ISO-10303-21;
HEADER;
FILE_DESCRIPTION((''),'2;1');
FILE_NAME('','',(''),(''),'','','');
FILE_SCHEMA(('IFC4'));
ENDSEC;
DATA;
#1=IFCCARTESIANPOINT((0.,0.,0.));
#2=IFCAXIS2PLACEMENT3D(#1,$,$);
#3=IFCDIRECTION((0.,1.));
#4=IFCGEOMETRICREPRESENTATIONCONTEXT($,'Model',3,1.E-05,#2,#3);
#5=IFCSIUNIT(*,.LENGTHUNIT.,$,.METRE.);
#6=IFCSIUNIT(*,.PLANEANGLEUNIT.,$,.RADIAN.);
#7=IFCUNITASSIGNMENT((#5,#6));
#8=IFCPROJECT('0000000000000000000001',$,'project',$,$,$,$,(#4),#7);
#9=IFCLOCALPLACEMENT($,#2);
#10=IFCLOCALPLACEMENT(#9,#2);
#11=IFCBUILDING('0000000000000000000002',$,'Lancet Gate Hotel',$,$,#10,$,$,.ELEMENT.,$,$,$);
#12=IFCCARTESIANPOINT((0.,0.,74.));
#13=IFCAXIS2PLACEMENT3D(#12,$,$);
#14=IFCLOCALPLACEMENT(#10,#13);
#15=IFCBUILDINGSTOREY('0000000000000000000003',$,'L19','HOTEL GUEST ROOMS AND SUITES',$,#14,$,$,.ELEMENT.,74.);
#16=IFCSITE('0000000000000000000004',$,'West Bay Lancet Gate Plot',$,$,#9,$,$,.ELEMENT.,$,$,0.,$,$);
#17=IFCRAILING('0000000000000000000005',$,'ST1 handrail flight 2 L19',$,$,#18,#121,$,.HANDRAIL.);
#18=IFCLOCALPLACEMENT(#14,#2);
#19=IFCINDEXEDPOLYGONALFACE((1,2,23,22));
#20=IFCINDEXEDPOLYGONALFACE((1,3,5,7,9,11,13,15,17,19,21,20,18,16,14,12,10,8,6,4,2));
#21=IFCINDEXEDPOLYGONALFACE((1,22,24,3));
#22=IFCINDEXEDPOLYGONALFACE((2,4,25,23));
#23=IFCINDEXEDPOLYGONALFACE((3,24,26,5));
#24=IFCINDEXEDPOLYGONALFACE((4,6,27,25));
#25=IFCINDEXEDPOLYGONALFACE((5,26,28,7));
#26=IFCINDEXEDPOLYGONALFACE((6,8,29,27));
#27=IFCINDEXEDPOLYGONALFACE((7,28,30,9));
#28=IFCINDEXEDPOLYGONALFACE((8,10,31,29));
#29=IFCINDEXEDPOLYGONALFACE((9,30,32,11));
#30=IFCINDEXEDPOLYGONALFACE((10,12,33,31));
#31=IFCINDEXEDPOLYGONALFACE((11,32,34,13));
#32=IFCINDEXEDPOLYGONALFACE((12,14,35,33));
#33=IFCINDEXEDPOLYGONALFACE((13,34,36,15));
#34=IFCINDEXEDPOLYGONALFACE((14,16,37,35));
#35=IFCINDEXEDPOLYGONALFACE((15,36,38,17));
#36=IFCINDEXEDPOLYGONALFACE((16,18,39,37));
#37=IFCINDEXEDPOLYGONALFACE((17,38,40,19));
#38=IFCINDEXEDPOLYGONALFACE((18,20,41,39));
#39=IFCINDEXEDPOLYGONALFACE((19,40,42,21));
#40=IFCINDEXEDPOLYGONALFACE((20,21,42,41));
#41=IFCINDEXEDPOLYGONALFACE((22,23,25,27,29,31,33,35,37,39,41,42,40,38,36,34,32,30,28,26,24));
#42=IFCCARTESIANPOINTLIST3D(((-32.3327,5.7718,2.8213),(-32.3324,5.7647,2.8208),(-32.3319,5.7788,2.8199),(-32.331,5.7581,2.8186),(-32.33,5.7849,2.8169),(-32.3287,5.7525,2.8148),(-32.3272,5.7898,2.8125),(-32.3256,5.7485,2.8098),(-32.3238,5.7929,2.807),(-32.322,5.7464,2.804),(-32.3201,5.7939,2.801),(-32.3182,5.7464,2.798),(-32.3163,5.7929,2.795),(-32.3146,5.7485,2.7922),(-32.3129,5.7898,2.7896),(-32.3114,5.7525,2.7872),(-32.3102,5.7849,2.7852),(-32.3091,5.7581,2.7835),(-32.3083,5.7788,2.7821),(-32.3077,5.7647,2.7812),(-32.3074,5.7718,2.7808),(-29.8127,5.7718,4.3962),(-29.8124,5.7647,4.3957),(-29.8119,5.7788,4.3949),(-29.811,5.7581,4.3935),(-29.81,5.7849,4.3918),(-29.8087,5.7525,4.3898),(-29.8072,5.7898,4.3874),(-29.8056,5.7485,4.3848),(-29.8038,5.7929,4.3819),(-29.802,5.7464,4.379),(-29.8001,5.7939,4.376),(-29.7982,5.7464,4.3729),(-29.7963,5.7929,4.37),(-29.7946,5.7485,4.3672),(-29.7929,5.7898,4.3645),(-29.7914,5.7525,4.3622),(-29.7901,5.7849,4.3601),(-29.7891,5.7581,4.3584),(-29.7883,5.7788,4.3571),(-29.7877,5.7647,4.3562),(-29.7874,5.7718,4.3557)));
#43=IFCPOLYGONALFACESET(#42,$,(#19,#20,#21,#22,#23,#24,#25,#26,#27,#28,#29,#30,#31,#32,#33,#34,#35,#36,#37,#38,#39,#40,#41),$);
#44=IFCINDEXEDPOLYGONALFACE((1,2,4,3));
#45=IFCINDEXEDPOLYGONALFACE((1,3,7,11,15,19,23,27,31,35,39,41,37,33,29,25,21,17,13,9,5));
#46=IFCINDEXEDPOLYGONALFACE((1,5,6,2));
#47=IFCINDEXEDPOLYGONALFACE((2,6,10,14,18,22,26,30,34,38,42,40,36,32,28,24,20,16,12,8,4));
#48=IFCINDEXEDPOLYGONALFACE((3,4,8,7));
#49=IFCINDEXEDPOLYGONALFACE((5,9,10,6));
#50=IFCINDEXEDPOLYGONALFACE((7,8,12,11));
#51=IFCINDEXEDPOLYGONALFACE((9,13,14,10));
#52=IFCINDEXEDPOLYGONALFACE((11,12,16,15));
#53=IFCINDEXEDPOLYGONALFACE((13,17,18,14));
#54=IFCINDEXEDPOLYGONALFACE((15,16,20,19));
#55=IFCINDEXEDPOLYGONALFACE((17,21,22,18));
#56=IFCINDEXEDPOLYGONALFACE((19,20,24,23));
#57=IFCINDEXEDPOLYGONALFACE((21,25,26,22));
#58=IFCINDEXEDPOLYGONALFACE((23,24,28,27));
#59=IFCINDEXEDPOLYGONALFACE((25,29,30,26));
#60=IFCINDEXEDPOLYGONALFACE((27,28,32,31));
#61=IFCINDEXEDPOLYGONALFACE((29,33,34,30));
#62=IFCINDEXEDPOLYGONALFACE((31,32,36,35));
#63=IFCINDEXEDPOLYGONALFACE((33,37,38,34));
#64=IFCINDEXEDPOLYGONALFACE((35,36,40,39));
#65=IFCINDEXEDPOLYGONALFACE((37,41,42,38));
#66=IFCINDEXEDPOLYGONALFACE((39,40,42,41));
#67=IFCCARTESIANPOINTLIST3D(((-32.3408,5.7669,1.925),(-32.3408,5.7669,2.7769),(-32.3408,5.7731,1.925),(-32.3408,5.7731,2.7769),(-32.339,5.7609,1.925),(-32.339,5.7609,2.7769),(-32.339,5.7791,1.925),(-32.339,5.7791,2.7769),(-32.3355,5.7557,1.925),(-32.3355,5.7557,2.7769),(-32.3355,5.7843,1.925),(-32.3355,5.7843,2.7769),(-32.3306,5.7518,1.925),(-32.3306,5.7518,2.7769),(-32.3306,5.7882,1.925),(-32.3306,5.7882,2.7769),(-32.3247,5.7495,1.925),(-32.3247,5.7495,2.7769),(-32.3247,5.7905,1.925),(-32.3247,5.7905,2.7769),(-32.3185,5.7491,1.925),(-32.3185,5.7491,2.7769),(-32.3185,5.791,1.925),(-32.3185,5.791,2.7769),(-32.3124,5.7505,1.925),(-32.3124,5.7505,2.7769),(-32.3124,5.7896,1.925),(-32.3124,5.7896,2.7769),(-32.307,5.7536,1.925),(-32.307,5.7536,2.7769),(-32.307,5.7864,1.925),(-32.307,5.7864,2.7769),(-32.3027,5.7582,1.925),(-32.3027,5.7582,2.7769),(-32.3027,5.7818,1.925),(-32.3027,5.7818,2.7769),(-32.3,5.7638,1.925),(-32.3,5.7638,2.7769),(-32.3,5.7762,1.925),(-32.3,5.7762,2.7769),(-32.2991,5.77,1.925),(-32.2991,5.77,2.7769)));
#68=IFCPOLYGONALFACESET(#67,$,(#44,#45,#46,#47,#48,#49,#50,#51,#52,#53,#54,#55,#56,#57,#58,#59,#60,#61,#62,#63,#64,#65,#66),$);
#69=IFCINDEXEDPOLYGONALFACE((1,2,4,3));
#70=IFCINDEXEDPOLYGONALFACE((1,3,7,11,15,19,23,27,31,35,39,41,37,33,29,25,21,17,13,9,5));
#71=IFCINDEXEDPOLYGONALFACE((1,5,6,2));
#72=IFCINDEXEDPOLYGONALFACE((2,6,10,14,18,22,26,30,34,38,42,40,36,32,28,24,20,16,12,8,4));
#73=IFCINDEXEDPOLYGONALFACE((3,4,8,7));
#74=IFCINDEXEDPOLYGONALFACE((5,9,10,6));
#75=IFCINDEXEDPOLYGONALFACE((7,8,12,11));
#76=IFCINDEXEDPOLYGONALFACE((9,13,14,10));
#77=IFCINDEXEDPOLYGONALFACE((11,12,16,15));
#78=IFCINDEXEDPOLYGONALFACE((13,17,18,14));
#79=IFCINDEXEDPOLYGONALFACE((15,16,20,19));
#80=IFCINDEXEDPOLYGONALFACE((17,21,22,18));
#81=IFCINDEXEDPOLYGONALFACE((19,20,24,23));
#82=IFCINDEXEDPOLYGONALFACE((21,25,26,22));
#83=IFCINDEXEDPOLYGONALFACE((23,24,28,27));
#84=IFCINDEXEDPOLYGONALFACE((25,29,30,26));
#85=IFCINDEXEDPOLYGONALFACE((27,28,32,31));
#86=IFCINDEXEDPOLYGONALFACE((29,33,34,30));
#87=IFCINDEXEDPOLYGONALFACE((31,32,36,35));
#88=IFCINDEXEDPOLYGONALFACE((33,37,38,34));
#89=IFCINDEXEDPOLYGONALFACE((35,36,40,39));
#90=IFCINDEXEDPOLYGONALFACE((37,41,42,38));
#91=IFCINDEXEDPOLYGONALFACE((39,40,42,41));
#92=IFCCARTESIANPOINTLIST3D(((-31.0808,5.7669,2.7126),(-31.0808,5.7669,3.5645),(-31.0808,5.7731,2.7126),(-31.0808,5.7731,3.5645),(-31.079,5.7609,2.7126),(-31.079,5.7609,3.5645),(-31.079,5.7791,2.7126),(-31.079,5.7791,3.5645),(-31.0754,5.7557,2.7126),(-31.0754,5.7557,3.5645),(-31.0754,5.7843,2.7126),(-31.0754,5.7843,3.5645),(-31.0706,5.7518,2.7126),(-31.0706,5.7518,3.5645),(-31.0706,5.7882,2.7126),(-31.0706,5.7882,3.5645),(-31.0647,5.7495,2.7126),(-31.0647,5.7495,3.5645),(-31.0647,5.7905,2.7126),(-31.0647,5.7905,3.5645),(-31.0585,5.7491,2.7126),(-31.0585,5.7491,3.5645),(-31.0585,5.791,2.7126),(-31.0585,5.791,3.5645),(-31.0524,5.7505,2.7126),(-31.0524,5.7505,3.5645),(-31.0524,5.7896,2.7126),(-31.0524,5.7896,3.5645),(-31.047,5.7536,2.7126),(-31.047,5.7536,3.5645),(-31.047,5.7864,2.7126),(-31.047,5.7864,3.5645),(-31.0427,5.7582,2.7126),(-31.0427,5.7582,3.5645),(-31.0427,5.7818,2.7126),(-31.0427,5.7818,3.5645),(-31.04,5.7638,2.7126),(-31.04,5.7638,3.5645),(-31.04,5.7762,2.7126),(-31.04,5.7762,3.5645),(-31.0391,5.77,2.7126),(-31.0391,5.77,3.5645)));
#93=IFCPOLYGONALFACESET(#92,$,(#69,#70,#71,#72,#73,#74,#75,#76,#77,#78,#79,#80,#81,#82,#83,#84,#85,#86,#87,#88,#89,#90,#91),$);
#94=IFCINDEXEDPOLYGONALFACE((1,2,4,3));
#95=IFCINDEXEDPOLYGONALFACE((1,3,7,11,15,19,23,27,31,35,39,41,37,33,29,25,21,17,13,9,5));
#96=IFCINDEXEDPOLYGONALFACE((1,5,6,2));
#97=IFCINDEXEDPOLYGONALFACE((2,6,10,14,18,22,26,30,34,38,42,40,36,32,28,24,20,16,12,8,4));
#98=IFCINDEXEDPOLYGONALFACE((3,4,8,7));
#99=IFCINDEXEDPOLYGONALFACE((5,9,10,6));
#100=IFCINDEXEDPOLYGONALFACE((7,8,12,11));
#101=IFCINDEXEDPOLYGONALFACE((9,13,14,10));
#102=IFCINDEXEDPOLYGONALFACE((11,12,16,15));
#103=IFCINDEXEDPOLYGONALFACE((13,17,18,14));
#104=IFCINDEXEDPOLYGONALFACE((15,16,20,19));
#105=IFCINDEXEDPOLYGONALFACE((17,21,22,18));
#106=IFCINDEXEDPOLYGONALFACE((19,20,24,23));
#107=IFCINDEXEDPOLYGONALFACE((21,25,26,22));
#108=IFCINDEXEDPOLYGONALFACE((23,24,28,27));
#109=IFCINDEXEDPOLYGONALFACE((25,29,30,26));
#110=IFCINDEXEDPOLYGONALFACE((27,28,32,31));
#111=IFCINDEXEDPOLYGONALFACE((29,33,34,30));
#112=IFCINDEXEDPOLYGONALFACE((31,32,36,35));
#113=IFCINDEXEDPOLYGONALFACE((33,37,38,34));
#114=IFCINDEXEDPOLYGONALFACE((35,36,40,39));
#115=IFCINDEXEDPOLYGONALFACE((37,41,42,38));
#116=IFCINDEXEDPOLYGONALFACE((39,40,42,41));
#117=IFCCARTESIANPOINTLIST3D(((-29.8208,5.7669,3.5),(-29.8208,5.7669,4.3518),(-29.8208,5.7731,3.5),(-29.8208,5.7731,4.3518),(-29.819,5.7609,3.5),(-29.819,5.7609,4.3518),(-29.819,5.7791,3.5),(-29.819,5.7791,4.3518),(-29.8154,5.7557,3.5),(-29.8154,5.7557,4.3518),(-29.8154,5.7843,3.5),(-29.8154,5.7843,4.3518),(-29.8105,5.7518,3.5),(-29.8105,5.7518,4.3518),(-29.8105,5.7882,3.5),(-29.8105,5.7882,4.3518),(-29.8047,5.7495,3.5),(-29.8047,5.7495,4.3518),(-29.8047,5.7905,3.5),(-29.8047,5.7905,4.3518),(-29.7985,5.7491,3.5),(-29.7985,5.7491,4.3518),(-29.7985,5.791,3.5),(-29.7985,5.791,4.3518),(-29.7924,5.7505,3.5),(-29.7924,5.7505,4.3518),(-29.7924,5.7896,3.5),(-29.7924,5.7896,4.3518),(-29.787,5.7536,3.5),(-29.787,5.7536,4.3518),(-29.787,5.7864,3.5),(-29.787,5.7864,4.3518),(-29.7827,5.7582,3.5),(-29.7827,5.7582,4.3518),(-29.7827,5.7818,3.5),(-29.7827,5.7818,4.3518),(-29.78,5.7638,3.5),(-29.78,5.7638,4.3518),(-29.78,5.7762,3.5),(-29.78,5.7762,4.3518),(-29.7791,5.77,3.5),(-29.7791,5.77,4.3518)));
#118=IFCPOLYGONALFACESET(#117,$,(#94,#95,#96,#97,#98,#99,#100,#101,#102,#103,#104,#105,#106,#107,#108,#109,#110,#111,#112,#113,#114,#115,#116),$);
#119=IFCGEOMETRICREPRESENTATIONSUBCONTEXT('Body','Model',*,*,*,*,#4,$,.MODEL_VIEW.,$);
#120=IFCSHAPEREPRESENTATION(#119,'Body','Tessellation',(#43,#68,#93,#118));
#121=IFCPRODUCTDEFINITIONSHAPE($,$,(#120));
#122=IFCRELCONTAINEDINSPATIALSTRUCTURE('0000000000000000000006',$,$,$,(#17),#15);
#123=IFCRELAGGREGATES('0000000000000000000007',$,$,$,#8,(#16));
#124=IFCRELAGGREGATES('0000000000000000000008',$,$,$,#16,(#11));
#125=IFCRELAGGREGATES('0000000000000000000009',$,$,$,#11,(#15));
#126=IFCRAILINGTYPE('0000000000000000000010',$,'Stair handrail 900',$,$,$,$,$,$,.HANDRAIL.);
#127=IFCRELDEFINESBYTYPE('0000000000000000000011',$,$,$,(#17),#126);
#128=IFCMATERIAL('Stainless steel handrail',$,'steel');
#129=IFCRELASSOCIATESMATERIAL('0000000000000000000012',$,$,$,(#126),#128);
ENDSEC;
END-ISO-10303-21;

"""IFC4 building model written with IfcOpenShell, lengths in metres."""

from ifc_helpers import new_model, si_unit, direction, frame, origin, origin_2d, place, context, subcontext, project, spatial, circle, extrude, material, type_object, element, save


model = new_model("IFC4")

# Units and contexts
model_context = context("Model", 3, precision=1e-05, world=origin(), true_north=direction((0.0, 1.0)))
body_context = subcontext(model_context, "Body", "Model", "MODEL_VIEW")
ifc_project = project(units=[si_unit("LENGTHUNIT", "METRE"), si_unit("PLANEANGLEUNIT", "RADIAN")], contexts=[model_context])

# Site, building, storey
site_placement = place(None, origin())
site = spatial("IfcSite", under=ifc_project, at=site_placement, Name="West Bay Lancet Gate Plot", CompositionType="ELEMENT", RefElevation=0.0)
building_placement = place(site_placement, origin())
building = spatial("IfcBuilding", under=site, at=building_placement, Name="Lancet Gate Hotel", CompositionType="ELEMENT")
storey_placement = place(building_placement, frame((0.0, 0.0, 74.0)))
storey = spatial("IfcBuildingStorey", under=building, at=storey_placement, Name="L19", Description="HOTEL GUEST ROOMS AND SUITES", CompositionType="ELEMENT", Elevation=74.0)

# Railing
ifc_material_1 = material(Name="Stainless steel handrail", Category="steel")
railing_type = type_object("IfcRailingType", Name="Stair handrail 900", PredefinedType="HANDRAIL", material=ifc_material_1)
railing_placement = place(storey_placement, frame((-32.3201, 5.77, 1.925)))
element("IfcRailing", 1, at=railing_placement, inside=storey, type_object=railing_type, Name="ST1 handrail flight 2 L19", PredefinedType="HANDRAIL", context=body_context, shape_type="SweptSolid", body=[
    extrude(circle(Radius=0.0239, at=origin_2d()), frame((0.0, 0.0, 0.876), z_axis=(0.848008, 0.0, 0.529984), x_axis=(0.0, 1.0, 0.0)), (0.0, 0.0, 1.0), 2.9717),
    extrude(circle(Radius=0.021, at=origin_2d()), origin(), (0.0, 0.0, 1.0), 0.8518),
    extrude(circle(Radius=0.021, at=origin_2d()), frame((1.26, 0.0, 0.7876)), (0.0, 0.0, 1.0), 0.8518),
    extrude(circle(Radius=0.021, at=origin_2d()), frame((2.52, 0.0, 1.575)), (0.0, 0.0, 1.0), 0.8518),
])

save(model, "model.ifc")
